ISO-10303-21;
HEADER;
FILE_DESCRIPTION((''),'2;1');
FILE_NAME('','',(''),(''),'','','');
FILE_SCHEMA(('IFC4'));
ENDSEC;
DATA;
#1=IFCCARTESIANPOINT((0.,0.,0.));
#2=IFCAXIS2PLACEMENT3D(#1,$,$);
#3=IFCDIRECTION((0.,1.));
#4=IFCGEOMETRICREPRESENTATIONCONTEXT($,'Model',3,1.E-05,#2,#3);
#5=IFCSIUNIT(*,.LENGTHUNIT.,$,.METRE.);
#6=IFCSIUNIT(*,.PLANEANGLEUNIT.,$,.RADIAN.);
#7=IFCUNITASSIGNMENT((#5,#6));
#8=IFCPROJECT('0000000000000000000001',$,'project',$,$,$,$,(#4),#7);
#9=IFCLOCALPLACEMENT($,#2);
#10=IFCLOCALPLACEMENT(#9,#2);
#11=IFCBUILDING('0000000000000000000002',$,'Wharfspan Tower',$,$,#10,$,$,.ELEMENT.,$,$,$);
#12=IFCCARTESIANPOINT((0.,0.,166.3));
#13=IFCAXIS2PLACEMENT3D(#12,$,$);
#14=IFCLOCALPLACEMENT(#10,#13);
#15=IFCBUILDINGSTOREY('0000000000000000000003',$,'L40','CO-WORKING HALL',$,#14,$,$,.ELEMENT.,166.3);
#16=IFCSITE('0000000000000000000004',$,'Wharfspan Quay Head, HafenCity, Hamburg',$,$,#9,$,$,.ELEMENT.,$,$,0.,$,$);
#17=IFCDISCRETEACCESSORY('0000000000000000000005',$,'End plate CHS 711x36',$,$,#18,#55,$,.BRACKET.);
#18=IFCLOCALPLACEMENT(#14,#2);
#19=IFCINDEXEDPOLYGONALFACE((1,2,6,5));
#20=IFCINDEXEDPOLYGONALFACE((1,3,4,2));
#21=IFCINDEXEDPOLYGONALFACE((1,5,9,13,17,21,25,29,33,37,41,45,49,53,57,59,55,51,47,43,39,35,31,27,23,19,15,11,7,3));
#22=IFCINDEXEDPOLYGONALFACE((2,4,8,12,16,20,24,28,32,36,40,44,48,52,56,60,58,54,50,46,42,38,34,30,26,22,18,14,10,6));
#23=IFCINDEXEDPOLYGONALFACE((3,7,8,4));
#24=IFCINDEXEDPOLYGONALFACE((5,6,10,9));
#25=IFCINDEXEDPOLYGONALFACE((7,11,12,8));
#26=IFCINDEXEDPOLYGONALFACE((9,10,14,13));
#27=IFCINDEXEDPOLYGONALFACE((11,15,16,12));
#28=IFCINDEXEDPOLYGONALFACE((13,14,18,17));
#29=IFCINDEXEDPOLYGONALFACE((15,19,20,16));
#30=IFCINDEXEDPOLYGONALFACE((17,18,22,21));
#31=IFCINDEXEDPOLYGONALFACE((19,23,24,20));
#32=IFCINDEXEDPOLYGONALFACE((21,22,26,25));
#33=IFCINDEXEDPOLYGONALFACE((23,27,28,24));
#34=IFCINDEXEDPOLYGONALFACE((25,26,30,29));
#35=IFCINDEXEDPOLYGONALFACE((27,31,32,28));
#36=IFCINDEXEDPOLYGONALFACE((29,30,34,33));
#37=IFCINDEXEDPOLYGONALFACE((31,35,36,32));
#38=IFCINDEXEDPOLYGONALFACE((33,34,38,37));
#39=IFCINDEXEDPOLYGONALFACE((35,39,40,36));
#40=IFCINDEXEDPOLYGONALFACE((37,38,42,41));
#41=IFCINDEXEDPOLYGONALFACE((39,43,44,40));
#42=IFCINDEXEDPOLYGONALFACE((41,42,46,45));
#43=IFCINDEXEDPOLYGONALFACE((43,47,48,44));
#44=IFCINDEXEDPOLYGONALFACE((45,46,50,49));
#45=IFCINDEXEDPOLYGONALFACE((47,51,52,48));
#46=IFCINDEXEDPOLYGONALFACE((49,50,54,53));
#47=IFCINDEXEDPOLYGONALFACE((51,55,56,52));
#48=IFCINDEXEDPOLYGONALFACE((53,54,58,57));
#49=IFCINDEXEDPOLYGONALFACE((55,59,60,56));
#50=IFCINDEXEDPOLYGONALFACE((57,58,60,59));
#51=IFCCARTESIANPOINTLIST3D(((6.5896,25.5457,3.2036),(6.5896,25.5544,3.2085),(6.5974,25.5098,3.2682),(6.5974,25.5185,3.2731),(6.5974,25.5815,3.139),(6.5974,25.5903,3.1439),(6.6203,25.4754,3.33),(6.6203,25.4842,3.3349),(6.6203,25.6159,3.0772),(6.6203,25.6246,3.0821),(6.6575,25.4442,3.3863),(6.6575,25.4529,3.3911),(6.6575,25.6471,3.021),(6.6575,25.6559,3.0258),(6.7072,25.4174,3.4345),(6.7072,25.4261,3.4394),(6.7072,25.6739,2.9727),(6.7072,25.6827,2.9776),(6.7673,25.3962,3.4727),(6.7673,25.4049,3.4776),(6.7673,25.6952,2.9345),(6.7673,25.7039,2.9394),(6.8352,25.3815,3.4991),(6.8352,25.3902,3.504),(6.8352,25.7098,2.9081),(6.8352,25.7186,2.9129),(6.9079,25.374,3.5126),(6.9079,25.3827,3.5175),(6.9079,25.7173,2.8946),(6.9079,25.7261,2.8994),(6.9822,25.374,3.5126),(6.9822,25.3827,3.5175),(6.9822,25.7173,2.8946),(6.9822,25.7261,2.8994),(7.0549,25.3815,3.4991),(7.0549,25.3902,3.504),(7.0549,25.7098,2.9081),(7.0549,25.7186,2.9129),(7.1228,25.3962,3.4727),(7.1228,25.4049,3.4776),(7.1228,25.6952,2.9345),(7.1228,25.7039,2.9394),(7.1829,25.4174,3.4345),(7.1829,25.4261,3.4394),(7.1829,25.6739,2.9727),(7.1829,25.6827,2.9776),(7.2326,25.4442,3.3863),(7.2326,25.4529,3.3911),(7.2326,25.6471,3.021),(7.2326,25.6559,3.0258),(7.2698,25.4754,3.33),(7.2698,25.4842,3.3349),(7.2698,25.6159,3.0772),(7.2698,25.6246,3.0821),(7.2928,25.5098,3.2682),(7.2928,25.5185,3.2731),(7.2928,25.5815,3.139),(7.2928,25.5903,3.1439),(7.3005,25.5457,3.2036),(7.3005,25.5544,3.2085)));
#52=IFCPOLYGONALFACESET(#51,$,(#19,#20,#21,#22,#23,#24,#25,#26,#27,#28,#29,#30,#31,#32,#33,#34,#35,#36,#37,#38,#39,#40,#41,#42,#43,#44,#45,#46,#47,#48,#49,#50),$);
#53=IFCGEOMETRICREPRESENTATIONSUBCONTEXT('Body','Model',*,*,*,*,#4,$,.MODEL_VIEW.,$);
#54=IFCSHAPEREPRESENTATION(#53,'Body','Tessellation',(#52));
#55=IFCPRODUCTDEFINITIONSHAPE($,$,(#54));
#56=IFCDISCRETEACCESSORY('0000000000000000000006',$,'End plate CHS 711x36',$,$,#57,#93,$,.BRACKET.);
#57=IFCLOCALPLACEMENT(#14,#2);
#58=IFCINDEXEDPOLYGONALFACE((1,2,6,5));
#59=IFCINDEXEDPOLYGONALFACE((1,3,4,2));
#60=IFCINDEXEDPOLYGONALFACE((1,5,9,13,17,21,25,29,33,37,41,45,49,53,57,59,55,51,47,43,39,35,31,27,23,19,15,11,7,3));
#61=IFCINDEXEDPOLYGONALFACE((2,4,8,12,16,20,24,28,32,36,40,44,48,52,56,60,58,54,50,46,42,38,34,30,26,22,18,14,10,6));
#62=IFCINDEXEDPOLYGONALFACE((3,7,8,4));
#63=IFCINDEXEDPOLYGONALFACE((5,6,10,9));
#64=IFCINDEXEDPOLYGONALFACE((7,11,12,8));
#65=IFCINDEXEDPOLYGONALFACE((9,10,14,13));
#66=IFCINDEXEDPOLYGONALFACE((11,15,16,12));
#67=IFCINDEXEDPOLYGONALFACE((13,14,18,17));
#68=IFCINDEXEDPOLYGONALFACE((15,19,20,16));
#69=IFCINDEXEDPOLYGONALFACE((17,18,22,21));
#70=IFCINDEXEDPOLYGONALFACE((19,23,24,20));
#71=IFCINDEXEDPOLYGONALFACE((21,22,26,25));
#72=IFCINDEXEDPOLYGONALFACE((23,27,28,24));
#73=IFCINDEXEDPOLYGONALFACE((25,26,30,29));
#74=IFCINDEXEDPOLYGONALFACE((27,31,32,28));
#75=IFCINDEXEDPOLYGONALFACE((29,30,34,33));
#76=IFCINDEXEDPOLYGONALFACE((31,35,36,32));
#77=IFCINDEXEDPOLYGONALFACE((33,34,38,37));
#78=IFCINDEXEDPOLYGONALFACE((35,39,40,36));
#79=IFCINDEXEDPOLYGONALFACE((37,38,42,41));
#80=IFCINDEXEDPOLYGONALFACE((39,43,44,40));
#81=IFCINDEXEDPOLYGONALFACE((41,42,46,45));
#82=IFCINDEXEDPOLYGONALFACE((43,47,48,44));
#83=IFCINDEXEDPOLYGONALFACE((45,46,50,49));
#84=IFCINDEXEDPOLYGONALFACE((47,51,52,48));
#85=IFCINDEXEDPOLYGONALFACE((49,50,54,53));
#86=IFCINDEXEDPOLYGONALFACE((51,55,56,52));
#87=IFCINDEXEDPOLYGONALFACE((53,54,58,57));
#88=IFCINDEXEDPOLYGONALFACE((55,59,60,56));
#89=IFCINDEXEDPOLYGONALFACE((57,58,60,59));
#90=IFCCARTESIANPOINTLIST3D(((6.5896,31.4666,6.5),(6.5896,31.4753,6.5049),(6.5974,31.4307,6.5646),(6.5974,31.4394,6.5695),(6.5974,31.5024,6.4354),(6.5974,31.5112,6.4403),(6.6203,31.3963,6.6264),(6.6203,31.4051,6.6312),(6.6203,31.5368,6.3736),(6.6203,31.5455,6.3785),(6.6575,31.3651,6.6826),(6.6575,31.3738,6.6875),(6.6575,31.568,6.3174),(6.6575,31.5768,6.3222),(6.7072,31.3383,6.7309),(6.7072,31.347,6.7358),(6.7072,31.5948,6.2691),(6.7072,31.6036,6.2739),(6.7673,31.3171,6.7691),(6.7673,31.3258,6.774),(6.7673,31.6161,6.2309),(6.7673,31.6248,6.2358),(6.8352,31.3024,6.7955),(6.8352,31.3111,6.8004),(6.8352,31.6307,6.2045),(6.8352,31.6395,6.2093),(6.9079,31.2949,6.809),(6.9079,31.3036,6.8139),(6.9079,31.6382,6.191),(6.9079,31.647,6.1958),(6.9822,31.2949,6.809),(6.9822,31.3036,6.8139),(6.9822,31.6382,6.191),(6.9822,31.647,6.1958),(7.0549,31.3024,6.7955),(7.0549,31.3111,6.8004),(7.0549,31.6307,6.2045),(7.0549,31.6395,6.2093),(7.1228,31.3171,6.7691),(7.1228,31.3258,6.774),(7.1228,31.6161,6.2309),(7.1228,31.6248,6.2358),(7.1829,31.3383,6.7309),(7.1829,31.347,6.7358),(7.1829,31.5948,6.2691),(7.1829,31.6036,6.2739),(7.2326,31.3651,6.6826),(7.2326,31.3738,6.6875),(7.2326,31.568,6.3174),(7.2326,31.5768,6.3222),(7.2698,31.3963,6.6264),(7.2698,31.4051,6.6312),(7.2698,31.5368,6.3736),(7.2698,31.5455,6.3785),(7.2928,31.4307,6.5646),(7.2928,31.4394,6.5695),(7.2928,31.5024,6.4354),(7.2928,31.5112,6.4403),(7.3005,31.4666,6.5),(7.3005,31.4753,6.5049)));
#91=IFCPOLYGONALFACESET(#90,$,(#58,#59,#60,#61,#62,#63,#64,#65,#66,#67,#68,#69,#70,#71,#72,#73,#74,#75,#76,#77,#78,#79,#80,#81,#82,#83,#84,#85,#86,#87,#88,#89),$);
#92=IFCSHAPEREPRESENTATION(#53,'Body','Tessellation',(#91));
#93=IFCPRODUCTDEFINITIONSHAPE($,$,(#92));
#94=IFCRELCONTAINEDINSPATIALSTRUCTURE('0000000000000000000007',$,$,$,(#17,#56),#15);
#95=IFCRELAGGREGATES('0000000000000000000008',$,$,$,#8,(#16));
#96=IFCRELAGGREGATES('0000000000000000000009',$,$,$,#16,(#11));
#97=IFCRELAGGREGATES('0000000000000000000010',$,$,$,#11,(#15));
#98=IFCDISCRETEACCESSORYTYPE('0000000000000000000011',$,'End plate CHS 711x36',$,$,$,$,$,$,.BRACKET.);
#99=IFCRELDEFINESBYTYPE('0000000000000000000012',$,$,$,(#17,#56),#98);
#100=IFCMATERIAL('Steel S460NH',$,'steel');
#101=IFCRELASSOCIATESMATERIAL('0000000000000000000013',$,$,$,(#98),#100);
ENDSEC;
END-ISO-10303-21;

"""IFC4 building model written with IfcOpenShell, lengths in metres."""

from ifc_helpers import new_model, si_unit, direction, frame, origin, origin_2d, place, context, subcontext, project, spatial, circle, extrude, material, material_profile, profile_set, type_object, element, save


model = new_model("IFC4")

# Units and contexts
model_context = context("Model", 3, precision=1e-05, world=origin(), true_north=direction((0.0, 1.0)))
body_context = subcontext(model_context, "Body", "Model", "MODEL_VIEW")
ifc_project = project(units=[si_unit("LENGTHUNIT", "METRE"), si_unit("PLANEANGLEUNIT", "RADIAN")], contexts=[model_context])

# Site, building, storey
site_placement = place(None, origin())
site = spatial("IfcSite", under=ifc_project, at=site_placement, Name="Wharfspan Quay Head, HafenCity, Hamburg", CompositionType="ELEMENT", RefElevation=0.0)
building_placement = place(site_placement, origin())
building = spatial("IfcBuilding", under=site, at=building_placement, Name="Wharfspan Tower", CompositionType="ELEMENT")
storey_placement = place(building_placement, frame((0.0, 0.0, 166.3)))
storey = spatial("IfcBuildingStorey", under=building, at=storey_placement, Name="L40", Description="CO-WORKING HALL", CompositionType="ELEMENT", Elevation=166.3)

# Shared definitions
ifc_material_1 = material(Name="Steel S460NH", Category="steel")

# Discrete accessories
ifc_material_profile_1 = material_profile(ifc_material_1, circle(Radius=0.3555, at=origin_2d()))
ifc_profile_set_1 = profile_set([ifc_material_profile_1], Name="Steel S460NH")
discrete_accessory_type = type_object("IfcDiscreteAccessoryType", Name="End plate CHS 711x36", PredefinedType="BRACKET", material=ifc_profile_set_1)
for number, where, z_axis, x_axis, name in (
    (1, (6.9451, 25.5457, 3.2036), (0.0, 0.874157, 0.485643), (-1.0, 0.0, 0.0), "End plate CHS 711x36"),
    (2, (6.9451, 31.4666, 6.5), (0.0, 0.874157, 0.485643), (-1.0, 0.0, 0.0), "End plate CHS 711x36"),
):
    element("IfcDiscreteAccessory", number, at=place(storey_placement, frame(where, z_axis=z_axis, x_axis=x_axis)), inside=storey, type_object=discrete_accessory_type, Name=name, PredefinedType="BRACKET", context=body_context, shape_type="SweptSolid", body=[
        extrude(circle(Radius=0.3555, at=origin_2d()), origin(), (0.0, 0.0, 1.0), 0.01),
    ])

save(model, "model.ifc")
